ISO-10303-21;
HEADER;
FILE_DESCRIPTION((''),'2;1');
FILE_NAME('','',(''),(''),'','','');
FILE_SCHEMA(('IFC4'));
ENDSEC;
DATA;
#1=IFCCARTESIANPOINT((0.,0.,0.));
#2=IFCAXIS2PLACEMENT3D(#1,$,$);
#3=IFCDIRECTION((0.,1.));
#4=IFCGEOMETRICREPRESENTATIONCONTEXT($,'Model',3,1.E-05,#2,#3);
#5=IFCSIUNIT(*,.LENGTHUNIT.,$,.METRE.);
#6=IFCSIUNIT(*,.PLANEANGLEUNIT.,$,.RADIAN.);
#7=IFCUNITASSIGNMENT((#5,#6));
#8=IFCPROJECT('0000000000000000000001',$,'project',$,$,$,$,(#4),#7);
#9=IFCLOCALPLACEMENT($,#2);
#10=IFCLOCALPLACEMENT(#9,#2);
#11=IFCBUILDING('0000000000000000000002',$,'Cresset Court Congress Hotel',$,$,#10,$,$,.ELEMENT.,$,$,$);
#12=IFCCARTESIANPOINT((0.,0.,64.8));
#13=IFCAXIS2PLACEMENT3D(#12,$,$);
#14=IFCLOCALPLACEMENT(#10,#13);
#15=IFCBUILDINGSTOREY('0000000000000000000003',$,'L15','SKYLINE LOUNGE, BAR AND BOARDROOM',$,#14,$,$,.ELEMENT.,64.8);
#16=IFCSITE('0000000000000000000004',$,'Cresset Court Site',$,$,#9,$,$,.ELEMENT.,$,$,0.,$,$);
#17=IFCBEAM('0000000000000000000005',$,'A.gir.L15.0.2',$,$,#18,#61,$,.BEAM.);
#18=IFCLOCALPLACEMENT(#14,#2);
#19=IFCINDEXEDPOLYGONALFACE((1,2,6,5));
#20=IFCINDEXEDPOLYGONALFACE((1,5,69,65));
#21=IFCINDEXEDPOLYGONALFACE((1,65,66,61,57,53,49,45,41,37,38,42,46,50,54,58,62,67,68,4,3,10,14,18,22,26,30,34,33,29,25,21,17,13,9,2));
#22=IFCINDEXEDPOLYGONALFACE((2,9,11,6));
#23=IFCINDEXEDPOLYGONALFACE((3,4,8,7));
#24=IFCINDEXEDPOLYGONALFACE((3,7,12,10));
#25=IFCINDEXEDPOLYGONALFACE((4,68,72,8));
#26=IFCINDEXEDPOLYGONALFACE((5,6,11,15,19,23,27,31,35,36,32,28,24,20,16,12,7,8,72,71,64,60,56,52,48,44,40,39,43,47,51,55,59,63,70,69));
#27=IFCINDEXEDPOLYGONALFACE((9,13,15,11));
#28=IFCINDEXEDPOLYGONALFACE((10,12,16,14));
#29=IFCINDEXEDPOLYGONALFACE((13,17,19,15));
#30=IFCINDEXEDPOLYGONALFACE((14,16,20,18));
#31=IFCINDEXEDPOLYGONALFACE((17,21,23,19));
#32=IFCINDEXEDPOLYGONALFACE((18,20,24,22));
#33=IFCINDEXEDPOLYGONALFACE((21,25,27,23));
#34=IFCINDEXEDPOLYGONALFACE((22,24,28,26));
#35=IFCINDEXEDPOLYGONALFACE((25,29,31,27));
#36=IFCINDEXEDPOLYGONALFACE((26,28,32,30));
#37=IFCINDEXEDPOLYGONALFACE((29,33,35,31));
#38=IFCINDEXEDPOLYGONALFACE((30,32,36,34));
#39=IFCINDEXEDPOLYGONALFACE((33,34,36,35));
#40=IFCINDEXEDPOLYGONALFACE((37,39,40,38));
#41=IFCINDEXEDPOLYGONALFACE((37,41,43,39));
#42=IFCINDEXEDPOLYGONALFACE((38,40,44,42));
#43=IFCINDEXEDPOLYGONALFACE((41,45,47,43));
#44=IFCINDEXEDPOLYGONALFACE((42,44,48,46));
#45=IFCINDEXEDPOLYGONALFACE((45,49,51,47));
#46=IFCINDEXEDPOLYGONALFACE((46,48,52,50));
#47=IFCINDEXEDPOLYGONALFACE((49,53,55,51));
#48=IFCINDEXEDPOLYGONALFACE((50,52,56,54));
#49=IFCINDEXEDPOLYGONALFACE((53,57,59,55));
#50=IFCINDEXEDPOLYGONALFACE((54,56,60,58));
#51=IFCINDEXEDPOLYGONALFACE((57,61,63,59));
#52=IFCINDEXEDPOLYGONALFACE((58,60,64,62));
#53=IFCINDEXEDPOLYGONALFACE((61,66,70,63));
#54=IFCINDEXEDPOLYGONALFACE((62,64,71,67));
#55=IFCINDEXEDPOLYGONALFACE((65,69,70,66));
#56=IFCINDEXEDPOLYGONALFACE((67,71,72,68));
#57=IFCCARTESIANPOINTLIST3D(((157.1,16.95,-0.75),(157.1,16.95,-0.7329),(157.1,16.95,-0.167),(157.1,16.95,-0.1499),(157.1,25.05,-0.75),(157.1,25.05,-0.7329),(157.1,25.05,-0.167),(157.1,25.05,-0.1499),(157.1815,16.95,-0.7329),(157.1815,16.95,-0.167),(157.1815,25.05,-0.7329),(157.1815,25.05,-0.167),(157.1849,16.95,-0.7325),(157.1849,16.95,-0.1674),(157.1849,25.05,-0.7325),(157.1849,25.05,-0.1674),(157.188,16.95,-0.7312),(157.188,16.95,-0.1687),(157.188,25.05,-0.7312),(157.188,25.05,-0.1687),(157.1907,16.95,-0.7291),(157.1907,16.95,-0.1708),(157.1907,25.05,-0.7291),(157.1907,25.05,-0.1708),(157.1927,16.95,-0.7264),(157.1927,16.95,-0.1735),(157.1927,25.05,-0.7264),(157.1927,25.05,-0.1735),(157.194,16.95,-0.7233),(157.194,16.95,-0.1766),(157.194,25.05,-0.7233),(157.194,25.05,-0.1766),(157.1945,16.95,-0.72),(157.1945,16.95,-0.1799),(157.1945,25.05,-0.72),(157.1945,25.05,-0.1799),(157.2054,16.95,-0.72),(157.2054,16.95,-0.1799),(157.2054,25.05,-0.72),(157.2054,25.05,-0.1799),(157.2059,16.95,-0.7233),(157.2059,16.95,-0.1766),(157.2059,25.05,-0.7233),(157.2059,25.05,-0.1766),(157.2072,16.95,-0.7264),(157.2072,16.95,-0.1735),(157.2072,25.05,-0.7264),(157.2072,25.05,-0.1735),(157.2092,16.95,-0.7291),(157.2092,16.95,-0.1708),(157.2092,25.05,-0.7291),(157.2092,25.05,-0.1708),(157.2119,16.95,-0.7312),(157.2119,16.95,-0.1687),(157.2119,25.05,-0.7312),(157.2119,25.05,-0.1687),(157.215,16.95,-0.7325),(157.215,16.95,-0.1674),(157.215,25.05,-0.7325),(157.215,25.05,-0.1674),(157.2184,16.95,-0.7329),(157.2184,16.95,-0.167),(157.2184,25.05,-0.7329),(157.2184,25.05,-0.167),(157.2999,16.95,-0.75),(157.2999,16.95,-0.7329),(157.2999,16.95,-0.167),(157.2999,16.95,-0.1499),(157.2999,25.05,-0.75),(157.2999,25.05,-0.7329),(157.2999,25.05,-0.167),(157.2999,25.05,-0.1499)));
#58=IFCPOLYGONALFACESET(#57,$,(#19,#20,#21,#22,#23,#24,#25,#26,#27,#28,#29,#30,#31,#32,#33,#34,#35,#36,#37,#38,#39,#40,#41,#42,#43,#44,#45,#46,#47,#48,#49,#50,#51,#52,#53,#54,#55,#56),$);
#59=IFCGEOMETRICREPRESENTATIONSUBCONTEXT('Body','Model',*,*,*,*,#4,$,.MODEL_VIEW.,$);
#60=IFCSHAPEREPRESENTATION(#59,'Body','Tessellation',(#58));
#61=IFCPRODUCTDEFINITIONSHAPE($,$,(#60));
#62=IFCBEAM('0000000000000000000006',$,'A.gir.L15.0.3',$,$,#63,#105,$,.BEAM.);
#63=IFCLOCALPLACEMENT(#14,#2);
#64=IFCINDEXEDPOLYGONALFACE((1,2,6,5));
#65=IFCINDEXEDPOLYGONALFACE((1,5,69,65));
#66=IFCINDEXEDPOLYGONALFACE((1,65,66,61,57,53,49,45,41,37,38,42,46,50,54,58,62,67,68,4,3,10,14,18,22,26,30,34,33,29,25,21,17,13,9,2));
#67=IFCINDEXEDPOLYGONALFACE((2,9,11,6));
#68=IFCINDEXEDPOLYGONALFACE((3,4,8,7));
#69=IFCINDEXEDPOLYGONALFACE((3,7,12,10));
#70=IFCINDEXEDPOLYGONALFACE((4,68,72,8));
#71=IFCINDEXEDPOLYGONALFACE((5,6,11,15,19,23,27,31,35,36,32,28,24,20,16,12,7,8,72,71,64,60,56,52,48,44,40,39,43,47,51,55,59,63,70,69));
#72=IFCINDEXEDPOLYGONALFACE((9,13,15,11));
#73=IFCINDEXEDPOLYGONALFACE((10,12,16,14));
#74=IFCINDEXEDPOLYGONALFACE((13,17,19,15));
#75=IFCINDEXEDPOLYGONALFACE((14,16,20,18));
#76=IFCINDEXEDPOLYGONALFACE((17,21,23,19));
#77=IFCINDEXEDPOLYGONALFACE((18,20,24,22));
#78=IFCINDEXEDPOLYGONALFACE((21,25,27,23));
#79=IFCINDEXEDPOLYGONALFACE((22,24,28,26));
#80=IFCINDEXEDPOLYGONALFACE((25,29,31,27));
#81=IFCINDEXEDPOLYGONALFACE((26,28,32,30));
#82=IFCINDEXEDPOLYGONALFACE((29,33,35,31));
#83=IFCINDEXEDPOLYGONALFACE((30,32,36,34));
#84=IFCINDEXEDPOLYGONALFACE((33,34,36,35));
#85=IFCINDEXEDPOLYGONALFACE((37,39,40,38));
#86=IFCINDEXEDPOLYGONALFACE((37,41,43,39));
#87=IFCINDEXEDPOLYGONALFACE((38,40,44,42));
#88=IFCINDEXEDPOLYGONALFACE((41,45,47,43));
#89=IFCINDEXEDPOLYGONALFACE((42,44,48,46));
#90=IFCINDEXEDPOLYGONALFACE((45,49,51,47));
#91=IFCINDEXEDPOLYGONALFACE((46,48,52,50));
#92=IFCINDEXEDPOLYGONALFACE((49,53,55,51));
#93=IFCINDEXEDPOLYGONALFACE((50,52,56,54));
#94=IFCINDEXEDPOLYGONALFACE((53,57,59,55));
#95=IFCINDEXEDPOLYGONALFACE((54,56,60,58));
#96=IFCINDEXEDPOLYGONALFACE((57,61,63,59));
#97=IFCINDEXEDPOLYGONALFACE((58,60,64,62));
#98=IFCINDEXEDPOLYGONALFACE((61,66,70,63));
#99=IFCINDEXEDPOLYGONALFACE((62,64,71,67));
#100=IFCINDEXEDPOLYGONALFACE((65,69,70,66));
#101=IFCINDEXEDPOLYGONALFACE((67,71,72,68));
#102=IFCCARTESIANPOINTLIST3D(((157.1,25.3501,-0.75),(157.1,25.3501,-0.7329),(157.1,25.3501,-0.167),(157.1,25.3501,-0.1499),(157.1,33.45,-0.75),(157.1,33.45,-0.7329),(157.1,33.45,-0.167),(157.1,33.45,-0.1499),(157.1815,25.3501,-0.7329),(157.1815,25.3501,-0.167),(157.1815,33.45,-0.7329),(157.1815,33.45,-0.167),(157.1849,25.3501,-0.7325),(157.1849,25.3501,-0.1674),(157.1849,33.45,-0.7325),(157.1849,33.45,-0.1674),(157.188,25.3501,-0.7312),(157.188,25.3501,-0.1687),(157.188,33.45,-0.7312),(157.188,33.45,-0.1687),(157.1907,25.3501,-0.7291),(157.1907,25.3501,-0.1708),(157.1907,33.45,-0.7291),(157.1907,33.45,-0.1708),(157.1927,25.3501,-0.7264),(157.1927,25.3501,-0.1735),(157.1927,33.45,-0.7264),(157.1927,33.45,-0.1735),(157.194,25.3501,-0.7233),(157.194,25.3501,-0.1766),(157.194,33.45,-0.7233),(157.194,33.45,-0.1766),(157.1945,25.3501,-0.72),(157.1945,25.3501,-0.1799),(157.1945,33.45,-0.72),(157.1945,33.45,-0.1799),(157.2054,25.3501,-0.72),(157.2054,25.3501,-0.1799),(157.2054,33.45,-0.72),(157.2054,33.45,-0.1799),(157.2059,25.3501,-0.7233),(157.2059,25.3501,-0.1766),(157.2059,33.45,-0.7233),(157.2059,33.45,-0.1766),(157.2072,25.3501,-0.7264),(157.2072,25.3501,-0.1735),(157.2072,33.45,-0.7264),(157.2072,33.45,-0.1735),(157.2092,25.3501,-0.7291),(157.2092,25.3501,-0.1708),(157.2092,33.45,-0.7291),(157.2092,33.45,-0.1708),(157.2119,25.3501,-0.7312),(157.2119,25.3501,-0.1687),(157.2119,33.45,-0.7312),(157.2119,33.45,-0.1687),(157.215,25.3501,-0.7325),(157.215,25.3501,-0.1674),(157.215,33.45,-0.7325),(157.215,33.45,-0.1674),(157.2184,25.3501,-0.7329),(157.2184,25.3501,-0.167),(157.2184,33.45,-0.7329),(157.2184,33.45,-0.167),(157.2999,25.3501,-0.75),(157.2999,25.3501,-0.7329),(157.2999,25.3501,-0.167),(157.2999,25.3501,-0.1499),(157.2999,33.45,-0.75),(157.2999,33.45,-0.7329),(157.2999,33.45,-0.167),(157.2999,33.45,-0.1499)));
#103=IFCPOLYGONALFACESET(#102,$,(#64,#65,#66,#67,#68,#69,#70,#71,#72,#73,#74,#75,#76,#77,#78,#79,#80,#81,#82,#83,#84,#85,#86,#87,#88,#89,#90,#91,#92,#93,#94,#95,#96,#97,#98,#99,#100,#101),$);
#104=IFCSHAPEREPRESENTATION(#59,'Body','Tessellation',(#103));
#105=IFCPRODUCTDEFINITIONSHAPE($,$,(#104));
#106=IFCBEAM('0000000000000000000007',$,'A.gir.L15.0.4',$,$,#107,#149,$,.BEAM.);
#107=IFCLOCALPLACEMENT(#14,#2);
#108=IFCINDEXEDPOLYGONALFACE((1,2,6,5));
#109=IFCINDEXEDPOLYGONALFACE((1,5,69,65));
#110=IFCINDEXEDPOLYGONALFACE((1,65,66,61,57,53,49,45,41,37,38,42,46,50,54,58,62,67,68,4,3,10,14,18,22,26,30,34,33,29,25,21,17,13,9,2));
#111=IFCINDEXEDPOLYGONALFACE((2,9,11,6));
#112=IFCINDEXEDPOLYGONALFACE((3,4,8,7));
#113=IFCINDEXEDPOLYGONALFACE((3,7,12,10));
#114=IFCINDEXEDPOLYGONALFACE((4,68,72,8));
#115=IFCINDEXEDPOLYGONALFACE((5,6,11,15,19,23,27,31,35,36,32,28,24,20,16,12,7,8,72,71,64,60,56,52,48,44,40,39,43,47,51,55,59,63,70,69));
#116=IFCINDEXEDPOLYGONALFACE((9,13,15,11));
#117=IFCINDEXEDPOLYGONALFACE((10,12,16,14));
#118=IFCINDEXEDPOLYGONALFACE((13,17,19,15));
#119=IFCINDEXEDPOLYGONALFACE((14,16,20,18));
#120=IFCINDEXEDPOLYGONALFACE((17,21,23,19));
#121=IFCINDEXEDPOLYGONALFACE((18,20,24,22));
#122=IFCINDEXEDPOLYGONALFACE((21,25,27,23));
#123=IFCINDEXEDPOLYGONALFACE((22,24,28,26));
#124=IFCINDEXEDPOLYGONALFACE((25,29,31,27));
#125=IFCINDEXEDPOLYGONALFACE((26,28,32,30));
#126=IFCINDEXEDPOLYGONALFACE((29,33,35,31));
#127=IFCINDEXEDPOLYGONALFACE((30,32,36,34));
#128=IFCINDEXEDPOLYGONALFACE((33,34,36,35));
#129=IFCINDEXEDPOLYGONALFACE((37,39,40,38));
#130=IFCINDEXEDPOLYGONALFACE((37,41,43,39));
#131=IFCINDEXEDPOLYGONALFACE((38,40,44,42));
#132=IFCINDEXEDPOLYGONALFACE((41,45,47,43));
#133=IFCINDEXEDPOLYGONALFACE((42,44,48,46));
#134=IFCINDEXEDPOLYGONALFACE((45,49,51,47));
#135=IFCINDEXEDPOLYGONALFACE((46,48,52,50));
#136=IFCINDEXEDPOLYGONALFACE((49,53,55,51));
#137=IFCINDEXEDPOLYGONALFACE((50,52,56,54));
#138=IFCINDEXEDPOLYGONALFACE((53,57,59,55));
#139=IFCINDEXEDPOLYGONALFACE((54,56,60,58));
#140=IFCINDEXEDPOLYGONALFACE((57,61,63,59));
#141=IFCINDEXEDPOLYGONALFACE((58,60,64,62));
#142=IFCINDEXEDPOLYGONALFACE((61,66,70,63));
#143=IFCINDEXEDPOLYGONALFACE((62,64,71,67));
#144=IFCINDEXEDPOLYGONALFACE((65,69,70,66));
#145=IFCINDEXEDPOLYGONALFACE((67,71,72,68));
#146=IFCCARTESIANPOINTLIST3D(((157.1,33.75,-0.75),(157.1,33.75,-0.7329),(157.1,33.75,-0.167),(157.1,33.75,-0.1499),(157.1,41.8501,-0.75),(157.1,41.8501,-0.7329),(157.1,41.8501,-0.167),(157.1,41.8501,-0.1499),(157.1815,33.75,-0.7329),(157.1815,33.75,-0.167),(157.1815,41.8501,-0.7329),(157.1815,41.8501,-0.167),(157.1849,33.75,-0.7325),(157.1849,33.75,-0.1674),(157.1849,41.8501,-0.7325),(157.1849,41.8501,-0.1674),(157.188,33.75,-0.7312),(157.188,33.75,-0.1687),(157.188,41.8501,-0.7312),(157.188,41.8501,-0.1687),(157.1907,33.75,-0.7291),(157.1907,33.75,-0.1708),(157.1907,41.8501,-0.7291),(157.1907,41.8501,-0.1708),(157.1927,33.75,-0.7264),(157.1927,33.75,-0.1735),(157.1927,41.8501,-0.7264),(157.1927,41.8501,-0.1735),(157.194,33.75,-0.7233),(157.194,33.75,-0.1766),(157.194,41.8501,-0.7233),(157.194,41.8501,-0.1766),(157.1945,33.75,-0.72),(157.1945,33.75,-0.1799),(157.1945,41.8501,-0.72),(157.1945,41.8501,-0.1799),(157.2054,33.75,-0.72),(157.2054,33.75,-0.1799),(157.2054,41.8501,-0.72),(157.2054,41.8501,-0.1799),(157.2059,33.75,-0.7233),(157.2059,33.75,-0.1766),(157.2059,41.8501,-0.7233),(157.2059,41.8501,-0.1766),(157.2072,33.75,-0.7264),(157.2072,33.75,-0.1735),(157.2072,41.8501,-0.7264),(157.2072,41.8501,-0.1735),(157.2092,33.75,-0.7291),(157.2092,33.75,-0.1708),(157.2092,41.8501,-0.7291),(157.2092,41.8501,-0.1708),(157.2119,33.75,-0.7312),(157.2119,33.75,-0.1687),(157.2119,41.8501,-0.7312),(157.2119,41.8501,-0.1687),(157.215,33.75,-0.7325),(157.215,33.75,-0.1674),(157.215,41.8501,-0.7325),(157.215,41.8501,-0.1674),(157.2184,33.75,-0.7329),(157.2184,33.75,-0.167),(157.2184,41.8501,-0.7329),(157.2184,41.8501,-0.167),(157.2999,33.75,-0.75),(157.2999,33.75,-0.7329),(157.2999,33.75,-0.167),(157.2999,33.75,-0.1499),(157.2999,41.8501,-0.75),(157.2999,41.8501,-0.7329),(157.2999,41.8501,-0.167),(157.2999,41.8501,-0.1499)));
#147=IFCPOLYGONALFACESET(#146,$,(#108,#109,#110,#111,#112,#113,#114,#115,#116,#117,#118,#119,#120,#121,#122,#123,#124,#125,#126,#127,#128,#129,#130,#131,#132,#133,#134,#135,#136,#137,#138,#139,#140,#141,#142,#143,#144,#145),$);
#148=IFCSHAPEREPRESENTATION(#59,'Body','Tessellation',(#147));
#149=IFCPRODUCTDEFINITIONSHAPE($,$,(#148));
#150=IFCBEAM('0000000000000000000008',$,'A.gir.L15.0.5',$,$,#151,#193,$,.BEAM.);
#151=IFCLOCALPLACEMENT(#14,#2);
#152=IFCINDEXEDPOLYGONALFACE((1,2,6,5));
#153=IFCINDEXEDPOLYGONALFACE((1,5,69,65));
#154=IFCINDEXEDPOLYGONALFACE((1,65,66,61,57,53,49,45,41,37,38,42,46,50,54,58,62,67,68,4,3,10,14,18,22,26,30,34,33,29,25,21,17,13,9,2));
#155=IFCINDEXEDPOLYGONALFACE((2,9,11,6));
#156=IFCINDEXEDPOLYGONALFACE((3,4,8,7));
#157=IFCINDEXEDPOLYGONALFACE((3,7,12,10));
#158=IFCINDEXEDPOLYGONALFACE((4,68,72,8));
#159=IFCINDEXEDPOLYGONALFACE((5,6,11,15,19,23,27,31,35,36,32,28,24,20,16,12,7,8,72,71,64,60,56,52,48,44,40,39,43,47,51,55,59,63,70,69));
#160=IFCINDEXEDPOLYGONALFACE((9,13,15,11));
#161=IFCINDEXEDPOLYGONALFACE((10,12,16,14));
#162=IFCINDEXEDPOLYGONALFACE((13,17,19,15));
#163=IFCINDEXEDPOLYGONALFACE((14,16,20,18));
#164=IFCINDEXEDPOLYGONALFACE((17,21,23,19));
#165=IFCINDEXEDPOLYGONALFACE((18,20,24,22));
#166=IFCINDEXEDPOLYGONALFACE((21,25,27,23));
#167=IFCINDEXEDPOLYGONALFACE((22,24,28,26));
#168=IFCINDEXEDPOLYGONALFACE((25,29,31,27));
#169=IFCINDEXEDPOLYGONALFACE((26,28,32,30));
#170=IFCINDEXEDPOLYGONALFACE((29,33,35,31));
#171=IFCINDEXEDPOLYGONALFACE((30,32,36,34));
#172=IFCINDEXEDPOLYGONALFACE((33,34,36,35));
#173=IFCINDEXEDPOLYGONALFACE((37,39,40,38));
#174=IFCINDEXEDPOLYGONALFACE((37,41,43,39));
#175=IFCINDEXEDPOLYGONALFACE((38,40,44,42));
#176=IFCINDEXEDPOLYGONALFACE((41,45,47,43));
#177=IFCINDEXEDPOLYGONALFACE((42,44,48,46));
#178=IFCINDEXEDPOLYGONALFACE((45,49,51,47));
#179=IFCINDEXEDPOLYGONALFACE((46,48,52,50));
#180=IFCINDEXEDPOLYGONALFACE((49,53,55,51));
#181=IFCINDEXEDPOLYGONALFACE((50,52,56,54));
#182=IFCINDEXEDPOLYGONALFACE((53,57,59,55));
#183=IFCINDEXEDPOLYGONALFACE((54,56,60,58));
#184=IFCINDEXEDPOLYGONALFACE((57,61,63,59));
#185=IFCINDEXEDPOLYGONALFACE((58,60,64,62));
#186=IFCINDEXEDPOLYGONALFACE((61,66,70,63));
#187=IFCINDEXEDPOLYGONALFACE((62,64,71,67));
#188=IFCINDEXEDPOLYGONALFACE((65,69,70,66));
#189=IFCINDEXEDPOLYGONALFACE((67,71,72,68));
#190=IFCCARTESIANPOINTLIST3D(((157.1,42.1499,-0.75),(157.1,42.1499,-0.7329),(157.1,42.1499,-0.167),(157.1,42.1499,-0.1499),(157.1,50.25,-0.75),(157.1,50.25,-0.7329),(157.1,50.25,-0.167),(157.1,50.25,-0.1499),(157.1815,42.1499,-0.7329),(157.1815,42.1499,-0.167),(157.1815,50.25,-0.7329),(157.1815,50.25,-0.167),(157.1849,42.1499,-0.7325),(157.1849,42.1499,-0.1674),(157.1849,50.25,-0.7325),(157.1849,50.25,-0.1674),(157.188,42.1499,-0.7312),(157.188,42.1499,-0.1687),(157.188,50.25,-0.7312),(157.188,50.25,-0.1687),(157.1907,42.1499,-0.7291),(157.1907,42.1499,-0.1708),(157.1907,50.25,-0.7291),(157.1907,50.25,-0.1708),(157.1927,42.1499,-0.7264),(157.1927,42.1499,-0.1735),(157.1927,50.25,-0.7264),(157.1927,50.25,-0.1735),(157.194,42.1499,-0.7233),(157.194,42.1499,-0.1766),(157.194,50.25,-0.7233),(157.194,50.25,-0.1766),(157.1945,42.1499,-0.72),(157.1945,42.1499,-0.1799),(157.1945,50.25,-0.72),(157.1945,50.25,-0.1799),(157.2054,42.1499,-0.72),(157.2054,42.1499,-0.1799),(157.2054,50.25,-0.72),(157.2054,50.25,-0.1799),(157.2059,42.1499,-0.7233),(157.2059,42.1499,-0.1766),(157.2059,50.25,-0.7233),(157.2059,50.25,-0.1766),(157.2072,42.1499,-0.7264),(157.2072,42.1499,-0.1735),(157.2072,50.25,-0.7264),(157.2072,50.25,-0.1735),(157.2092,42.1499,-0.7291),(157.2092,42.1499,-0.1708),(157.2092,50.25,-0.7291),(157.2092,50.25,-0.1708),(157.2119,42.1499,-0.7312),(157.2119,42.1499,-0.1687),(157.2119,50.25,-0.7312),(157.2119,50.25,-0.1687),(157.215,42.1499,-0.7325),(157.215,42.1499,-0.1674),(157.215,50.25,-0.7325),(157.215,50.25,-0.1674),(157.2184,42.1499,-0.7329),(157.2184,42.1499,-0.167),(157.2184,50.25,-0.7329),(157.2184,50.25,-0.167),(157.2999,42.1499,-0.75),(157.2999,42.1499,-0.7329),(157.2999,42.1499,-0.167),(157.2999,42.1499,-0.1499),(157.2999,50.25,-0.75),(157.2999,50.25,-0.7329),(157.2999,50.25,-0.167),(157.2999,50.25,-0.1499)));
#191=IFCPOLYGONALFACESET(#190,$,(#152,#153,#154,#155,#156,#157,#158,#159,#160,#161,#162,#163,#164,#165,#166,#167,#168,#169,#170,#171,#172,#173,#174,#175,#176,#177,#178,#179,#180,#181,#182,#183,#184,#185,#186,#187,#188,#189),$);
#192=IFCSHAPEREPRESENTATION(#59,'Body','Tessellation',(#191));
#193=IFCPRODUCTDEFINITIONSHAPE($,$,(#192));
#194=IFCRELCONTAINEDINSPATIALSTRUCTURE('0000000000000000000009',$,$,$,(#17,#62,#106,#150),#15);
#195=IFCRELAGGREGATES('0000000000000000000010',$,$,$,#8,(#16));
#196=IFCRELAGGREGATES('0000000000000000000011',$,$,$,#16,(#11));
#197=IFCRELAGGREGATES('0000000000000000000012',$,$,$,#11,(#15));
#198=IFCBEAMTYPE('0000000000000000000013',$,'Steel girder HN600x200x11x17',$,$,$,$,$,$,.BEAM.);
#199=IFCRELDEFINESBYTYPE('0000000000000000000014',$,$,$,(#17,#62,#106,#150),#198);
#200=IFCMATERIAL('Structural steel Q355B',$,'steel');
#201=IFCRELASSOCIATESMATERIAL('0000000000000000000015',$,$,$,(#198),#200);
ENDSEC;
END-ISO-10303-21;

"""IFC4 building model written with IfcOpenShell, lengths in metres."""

from ifc_helpers import new_model, si_unit, direction, frame, origin, origin_2d, place, context, subcontext, project, spatial, i_section, extrude, material, material_profile, profile_set, type_object, element, save


model = new_model("IFC4")

# Units and contexts
model_context = context("Model", 3, precision=1e-05, world=origin(), true_north=direction((0.0, 1.0)))
body_context = subcontext(model_context, "Body", "Model", "MODEL_VIEW")
ifc_project = project(units=[si_unit("LENGTHUNIT", "METRE"), si_unit("PLANEANGLEUNIT", "RADIAN")], contexts=[model_context])

# Site, building, storey
site_placement = place(None, origin())
site = spatial("IfcSite", under=ifc_project, at=site_placement, Name="Cresset Court Site", CompositionType="ELEMENT", RefElevation=0.0)
building_placement = place(site_placement, origin())
building = spatial("IfcBuilding", under=site, at=building_placement, Name="Cresset Court Congress Hotel", CompositionType="ELEMENT")
storey_placement = place(building_placement, frame((0.0, 0.0, 64.8)))
storey = spatial("IfcBuildingStorey", under=building, at=storey_placement, Name="L15", Description="SKYLINE LOUNGE, BAR AND BOARDROOM", CompositionType="ELEMENT", Elevation=64.8)

# Beams
ifc_material_1 = material(Name="Structural steel Q355B", Category="steel")
ifc_material_profile_1 = material_profile(ifc_material_1, i_section(OverallWidth=0.2, OverallDepth=0.6001, WebThickness=0.011, FlangeThickness=0.0171, FilletRadius=0.0129, at=origin_2d()), Name="HN600x200x11x17")
ifc_profile_set_1 = profile_set([ifc_material_profile_1], Name="Structural steel Q355B")
beam_type_1 = type_object("IfcBeamType", Name="Steel girder HN600x200x11x17", PredefinedType="BEAM", material=ifc_profile_set_1)
beam_1_placement = place(storey_placement, frame((157.2, 16.95, -0.45), z_axis=(0.0, 1.0, 0.0), x_axis=(-1.0, 0.0, 0.0)))
element("IfcBeam", 1, at=beam_1_placement, inside=storey, type_object=beam_type_1, Name="A.gir.L15.0.2", PredefinedType="BEAM", context=body_context, shape_type="SweptSolid", body=[
    extrude(i_section(OverallWidth=0.2, OverallDepth=0.6001, WebThickness=0.011, FlangeThickness=0.0171, FilletRadius=0.0129, at=origin_2d()), origin(), (0.0, 0.0, 1.0), 8.1001),
])
beam_2_placement = place(storey_placement, frame((157.2, 25.3501, -0.45), z_axis=(0.0, 1.0, 0.0), x_axis=(-1.0, 0.0, 0.0)))
element("IfcBeam", 2, at=beam_2_placement, inside=storey, type_object=beam_type_1, Name="A.gir.L15.0.3", PredefinedType="BEAM", context=body_context, shape_type="SweptSolid", body=[
    extrude(i_section(OverallWidth=0.2, OverallDepth=0.6001, WebThickness=0.011, FlangeThickness=0.0171, FilletRadius=0.0129, at=origin_2d()), origin(), (0.0, 0.0, 1.0), 8.0999),
])
for number, where, z_axis, x_axis, name in (
    (3, (157.2, 33.75, -0.45), (0.0, 1.0, 0.0), (-1.0, 0.0, 0.0), "A.gir.L15.0.4"),
    (4, (157.2, 42.1499, -0.45), (0.0, 1.0, 0.0), (-1.0, 0.0, 0.0), "A.gir.L15.0.5"),
):
    element("IfcBeam", number, at=place(storey_placement, frame(where, z_axis=z_axis, x_axis=x_axis)), inside=storey, type_object=beam_type_1, Name=name, PredefinedType="BEAM", context=body_context, shape_type="SweptSolid", body=[
        extrude(i_section(OverallWidth=0.2, OverallDepth=0.6001, WebThickness=0.011, FlangeThickness=0.0171, FilletRadius=0.0129, at=origin_2d()), origin(), (0.0, 0.0, 1.0), 8.1001),
    ])

save(model, "model.ifc")
